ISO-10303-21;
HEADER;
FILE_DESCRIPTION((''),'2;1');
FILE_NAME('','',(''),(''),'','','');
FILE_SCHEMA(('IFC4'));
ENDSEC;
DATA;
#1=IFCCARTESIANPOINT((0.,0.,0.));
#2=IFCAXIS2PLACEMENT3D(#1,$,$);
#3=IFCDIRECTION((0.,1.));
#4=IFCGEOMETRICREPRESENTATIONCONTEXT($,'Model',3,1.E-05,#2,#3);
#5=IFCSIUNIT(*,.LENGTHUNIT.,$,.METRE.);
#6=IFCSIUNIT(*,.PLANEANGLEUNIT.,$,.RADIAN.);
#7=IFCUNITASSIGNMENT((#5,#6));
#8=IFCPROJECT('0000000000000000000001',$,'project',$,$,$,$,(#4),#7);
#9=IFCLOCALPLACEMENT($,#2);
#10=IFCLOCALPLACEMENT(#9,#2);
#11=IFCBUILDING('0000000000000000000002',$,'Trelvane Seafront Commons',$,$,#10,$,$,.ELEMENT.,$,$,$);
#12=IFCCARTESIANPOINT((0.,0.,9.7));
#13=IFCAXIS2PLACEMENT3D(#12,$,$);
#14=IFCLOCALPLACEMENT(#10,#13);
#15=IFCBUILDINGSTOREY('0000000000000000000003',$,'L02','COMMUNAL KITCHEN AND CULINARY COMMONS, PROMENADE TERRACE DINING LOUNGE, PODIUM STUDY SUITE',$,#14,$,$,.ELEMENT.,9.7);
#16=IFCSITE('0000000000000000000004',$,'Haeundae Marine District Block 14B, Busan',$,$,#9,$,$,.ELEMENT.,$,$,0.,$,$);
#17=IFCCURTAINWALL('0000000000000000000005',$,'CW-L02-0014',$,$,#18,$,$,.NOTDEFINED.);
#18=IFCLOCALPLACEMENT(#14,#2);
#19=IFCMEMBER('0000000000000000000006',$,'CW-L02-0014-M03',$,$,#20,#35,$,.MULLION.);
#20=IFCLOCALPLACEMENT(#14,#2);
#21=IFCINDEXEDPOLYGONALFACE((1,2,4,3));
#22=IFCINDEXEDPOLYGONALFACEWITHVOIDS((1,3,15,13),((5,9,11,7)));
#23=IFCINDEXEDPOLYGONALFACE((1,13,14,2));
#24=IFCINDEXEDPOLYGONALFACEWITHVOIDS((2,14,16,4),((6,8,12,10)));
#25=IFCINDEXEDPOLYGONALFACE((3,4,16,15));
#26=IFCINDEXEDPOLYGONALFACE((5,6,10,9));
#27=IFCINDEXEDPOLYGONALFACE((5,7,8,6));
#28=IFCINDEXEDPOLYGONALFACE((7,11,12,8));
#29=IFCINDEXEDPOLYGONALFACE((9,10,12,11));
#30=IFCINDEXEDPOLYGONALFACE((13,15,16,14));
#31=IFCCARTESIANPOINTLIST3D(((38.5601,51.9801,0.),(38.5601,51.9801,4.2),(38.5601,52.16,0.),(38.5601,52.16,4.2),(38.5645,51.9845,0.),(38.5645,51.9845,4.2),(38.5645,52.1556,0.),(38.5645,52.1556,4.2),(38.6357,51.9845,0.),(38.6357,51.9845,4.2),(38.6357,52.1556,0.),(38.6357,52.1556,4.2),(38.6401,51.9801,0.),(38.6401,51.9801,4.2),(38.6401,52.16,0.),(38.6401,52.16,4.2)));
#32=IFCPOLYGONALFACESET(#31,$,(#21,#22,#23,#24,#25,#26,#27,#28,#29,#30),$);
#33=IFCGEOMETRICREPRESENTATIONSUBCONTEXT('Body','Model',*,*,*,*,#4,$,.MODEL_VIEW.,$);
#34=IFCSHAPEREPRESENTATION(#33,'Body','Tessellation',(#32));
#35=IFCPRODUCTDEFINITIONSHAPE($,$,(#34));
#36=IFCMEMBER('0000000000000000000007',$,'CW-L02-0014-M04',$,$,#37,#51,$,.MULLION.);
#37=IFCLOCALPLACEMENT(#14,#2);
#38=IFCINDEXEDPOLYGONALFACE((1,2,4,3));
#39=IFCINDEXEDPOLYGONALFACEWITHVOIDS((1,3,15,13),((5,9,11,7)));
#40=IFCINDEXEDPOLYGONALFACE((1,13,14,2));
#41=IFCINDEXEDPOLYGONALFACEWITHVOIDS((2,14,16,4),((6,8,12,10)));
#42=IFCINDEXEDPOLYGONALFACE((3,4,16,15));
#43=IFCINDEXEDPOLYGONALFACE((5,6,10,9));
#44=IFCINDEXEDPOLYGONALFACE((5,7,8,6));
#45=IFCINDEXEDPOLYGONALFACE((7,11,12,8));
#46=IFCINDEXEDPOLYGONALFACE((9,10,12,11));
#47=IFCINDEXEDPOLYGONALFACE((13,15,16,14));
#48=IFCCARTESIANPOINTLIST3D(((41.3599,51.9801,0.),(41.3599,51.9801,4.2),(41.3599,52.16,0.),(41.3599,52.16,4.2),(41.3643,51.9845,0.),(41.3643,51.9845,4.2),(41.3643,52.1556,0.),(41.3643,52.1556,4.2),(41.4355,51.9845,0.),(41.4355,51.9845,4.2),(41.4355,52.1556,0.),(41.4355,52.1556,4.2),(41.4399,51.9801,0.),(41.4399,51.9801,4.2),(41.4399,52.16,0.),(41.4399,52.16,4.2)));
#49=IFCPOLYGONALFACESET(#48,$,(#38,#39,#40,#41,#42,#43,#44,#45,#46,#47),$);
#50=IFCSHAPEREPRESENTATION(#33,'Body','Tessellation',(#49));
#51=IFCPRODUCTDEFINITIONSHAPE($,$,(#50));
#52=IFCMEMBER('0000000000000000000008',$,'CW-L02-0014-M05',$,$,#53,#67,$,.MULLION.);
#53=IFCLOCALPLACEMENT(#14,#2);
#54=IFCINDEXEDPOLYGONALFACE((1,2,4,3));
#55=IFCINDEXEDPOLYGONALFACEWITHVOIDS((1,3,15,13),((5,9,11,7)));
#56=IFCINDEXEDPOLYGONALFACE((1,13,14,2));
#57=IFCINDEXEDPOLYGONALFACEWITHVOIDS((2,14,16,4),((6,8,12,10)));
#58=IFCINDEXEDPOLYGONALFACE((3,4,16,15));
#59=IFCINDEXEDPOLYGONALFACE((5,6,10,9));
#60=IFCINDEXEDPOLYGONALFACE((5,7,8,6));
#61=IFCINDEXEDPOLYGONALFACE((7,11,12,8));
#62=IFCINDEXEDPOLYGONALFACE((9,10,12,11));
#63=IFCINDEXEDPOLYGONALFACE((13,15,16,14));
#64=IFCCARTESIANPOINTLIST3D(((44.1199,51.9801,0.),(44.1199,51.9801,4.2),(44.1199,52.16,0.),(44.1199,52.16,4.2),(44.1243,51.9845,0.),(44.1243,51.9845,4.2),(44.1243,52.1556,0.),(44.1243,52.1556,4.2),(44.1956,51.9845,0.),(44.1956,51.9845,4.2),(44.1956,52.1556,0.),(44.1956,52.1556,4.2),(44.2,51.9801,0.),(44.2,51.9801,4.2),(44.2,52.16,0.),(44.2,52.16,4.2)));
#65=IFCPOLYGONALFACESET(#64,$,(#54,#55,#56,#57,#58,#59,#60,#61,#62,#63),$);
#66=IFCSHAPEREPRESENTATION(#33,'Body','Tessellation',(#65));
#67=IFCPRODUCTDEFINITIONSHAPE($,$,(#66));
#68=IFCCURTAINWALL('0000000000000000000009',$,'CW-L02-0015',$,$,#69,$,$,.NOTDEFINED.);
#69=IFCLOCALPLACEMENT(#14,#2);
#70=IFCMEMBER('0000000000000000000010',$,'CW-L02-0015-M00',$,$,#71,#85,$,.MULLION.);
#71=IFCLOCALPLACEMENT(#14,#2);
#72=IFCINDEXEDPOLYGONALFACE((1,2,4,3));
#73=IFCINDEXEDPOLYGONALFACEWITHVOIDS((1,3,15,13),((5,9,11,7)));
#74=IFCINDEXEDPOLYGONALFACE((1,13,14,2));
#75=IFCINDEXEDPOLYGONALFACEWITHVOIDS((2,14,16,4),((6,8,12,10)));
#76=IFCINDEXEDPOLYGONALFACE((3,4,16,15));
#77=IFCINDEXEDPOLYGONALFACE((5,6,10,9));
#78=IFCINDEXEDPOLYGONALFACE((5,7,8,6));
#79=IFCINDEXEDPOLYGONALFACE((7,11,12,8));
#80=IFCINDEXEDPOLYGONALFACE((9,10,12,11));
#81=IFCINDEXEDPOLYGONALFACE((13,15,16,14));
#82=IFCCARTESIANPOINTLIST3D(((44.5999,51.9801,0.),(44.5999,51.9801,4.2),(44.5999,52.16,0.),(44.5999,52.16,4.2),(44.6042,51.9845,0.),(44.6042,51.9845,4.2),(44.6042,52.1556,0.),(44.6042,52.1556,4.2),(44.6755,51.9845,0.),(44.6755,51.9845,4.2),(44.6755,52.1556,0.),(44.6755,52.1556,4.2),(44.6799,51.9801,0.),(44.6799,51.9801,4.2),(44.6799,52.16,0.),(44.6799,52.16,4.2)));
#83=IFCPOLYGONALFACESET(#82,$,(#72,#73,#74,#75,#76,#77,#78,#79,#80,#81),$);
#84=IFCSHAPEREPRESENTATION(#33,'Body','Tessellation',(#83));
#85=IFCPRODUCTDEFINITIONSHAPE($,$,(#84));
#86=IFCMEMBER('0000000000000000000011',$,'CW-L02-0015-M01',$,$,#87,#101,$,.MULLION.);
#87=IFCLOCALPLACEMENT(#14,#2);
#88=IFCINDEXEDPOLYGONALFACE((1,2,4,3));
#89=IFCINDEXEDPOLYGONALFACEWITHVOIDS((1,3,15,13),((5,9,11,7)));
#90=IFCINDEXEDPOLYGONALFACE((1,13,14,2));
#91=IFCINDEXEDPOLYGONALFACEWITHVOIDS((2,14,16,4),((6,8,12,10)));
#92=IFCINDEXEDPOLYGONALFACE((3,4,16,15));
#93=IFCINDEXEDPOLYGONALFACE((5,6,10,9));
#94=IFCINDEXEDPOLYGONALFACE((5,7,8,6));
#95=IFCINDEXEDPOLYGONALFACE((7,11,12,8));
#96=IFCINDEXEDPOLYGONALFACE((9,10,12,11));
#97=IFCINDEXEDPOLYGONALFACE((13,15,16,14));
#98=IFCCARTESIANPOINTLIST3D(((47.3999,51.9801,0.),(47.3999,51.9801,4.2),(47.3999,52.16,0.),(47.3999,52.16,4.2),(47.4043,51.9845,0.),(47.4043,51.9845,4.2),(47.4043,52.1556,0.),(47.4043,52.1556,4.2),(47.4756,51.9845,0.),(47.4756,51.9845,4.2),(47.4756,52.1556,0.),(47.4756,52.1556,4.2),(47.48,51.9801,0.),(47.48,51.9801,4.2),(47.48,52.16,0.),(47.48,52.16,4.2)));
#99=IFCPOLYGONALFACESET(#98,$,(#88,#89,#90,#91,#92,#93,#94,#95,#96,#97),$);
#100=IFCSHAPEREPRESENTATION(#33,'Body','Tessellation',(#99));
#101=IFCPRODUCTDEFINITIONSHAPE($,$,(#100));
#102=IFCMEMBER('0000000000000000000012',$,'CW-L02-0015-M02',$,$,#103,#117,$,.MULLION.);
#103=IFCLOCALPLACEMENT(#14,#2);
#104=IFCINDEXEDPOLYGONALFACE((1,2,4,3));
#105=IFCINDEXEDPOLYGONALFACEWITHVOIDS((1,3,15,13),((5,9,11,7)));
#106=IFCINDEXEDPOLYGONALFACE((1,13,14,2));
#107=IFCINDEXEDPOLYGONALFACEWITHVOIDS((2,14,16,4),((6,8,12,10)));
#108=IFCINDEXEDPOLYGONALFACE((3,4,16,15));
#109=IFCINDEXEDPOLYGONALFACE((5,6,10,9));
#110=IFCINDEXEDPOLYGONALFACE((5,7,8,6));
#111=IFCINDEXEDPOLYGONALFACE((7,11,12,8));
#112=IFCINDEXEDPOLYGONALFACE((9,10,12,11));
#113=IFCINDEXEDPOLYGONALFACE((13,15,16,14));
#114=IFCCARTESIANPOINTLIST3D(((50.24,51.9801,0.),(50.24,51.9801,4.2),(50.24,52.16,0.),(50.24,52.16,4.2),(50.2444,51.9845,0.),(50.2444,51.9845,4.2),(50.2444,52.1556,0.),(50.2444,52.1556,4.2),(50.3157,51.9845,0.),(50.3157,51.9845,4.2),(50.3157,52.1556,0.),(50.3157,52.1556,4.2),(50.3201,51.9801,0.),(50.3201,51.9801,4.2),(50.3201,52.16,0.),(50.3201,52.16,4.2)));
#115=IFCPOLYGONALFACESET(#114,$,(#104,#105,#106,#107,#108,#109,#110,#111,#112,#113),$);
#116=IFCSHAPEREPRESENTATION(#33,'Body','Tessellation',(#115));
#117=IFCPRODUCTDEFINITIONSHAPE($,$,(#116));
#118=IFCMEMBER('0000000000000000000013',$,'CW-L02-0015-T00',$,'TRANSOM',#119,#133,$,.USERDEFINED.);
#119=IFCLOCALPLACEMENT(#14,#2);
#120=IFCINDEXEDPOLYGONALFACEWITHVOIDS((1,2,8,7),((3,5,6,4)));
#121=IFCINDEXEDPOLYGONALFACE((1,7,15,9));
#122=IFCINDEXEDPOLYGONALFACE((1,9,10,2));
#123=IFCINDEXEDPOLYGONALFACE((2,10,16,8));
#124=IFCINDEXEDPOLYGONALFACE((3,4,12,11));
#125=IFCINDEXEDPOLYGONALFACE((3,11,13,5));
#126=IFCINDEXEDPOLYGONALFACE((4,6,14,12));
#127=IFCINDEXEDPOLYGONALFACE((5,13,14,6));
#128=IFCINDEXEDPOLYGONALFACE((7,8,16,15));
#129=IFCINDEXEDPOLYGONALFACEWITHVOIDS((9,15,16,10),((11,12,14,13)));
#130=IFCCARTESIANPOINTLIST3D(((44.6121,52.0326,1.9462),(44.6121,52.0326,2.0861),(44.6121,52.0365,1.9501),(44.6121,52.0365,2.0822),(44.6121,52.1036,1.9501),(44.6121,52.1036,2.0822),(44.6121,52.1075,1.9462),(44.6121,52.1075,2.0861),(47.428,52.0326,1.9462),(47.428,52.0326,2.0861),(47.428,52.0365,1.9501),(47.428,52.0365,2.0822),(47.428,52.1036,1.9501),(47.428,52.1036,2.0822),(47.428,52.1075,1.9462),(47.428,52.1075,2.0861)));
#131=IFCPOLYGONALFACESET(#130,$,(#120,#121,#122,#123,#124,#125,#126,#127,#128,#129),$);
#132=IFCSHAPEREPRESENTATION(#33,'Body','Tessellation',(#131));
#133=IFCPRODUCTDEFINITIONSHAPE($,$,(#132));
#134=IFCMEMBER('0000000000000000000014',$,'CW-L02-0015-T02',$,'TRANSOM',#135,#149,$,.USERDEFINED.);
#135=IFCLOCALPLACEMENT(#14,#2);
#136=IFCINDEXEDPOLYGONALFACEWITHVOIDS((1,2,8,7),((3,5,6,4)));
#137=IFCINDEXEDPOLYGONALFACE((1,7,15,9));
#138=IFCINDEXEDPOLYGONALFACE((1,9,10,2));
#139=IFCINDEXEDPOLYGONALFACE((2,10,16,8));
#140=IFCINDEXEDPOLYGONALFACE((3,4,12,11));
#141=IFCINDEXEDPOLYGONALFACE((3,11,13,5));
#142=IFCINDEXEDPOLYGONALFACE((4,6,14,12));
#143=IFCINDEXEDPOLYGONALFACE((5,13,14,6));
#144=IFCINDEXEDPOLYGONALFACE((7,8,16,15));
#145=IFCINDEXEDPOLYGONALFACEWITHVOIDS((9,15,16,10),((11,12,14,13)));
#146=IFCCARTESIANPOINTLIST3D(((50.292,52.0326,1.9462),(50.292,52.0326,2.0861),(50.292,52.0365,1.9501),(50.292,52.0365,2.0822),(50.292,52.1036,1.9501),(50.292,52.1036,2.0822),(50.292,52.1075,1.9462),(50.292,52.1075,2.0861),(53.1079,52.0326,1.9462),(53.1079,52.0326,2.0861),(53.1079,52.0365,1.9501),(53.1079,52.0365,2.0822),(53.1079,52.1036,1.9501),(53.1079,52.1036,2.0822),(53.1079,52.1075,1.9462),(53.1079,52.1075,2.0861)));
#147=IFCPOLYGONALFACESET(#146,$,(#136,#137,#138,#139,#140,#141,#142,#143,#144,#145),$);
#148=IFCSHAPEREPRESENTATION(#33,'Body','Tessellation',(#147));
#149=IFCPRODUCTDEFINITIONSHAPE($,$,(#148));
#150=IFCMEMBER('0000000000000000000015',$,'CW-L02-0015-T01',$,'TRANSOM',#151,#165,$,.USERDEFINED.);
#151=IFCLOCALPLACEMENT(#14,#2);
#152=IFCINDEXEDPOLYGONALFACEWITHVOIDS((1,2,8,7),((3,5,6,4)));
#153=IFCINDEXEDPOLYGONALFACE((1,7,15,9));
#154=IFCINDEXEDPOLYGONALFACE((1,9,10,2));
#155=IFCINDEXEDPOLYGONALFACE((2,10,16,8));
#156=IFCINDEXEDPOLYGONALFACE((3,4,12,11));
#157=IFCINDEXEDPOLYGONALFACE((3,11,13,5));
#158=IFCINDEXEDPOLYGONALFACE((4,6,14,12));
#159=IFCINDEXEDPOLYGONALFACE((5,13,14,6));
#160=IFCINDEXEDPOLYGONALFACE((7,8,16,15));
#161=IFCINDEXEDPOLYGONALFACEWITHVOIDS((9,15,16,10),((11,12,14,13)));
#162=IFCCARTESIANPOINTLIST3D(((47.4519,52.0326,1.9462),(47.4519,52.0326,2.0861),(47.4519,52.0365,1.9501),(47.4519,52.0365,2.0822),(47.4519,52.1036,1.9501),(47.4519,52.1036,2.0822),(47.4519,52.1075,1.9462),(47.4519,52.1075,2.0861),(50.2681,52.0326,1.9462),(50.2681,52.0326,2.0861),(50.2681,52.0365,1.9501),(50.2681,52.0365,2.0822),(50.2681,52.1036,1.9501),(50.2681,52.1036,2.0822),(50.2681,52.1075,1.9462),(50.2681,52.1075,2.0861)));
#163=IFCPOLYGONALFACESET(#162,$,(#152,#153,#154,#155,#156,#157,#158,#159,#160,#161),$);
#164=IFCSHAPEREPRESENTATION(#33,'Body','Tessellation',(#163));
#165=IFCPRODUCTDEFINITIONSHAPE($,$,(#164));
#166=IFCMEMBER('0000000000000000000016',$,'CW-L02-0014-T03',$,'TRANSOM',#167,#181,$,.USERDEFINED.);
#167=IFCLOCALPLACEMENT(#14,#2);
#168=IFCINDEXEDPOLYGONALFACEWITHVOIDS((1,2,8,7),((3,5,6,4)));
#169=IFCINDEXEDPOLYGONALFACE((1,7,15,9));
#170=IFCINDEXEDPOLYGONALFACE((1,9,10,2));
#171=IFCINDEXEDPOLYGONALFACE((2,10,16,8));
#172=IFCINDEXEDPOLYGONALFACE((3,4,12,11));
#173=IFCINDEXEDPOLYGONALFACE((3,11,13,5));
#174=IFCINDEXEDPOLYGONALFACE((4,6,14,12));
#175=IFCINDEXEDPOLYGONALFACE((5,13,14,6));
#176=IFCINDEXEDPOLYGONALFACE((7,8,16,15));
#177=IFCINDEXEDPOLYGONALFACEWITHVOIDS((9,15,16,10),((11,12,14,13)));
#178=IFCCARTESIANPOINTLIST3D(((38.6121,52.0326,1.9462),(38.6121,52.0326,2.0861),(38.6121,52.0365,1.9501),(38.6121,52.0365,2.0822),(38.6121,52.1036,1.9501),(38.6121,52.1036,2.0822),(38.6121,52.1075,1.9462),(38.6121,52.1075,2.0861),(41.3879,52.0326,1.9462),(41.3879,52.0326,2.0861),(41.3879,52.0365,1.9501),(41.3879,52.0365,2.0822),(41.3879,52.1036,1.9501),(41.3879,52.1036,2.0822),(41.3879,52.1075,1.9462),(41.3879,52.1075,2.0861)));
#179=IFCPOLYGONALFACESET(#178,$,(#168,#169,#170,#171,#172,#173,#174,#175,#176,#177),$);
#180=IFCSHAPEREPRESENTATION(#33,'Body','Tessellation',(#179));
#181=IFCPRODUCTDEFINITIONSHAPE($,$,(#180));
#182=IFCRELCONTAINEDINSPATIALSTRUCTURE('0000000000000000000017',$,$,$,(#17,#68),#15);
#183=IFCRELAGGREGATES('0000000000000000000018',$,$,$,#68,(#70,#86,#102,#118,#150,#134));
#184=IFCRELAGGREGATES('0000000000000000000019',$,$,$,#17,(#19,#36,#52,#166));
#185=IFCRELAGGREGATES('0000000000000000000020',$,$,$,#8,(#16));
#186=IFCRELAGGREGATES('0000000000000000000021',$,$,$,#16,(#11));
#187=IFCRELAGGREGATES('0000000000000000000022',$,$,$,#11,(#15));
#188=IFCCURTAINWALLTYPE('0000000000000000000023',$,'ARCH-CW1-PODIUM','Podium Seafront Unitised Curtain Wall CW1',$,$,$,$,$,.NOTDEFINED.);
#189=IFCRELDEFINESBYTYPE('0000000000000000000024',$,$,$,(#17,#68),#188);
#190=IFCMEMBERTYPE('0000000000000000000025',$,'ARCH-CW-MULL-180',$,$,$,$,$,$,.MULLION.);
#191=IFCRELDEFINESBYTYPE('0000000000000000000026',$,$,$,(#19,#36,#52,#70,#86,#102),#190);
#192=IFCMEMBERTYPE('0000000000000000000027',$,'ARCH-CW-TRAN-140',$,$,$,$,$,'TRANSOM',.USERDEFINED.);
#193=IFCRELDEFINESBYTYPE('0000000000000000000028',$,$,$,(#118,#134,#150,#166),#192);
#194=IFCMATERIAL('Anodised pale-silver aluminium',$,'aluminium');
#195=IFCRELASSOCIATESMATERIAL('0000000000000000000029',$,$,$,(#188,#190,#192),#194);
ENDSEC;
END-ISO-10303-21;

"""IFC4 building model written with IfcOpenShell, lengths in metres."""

from ifc_helpers import new_model, si_unit, direction, frame, origin, origin_2d, place, context, subcontext, project, spatial, hollow_rectangle, extrude, source, transform, mapped, material, material_profile, profile_set, type_object, element, aggregate, save


model = new_model("IFC4")

# Units and contexts
model_context = context("Model", 3, precision=1e-05, world=origin(), true_north=direction((0.0, 1.0)))
body_context = subcontext(model_context, "Body", "Model", "MODEL_VIEW")
ifc_project = project(units=[si_unit("LENGTHUNIT", "METRE"), si_unit("PLANEANGLEUNIT", "RADIAN")], contexts=[model_context])

# Site, building, storey
site_placement = place(None, origin())
site = spatial("IfcSite", under=ifc_project, at=site_placement, Name="Haeundae Marine District Block 14B, Busan", CompositionType="ELEMENT", RefElevation=0.0)
building_placement = place(site_placement, origin())
building = spatial("IfcBuilding", under=site, at=building_placement, Name="Trelvane Seafront Commons", CompositionType="ELEMENT")
storey_placement = place(building_placement, frame((0.0, 0.0, 9.7)))
storey = spatial("IfcBuildingStorey", under=building, at=storey_placement, Name="L02", Description="COMMUNAL KITCHEN AND CULINARY COMMONS, PROMENADE TERRACE DINING LOUNGE, PODIUM STUDY SUITE", CompositionType="ELEMENT", Elevation=9.7)

# Curtain walls, members
ifc_material_1 = material(Name="Anodised pale-silver aluminium", Category="aluminium")
curtain_wall_type = type_object("IfcCurtainWallType", Name="ARCH-CW1-PODIUM", Description="Podium Seafront Unitised Curtain Wall CW1", PredefinedType="NOTDEFINED", material=ifc_material_1)
curtain_wall_1_placement = place(storey_placement, origin())
curtain_wall_1 = element("IfcCurtainWall", 1, at=curtain_wall_1_placement, inside=storey, type_object=curtain_wall_type, Name="CW-L02-0014", PredefinedType="NOTDEFINED")
ifc_material_profile_1 = material_profile(ifc_material_1, hollow_rectangle(XDim=0.0801, YDim=0.1799, WallThickness=0.0044, at=origin_2d()), Name="MULL-80x180x4.5")
ifc_profile_set_1 = profile_set([ifc_material_profile_1], Name="Anodised pale-silver aluminium")
member_type_1 = type_object("IfcMemberType", Name="ARCH-CW-MULL-180", PredefinedType="MULLION", material=ifc_profile_set_1)
shared_shape_1 = source(origin(), body_context, "Body", "SweptSolid", [
    extrude(hollow_rectangle(XDim=0.0801, YDim=0.1799, WallThickness=0.0044, at=origin_2d()), origin(), (0.0, 0.0, 1.0), 4.2),
])
member_1_placement = place(storey_placement, frame((38.6001, 52.0701, 0.0), z_axis=(0.0, 0.0, 1.0), x_axis=(1.0, 0.0, 0.0)))
member_1 = element("IfcMember", 2, at=member_1_placement, type_object=member_type_1, Name="CW-L02-0014-M03", PredefinedType="MULLION", context=body_context, shape_type="MappedRepresentation", body=[
    mapped(shared_shape_1, transform((0.0, 0.0, 0.0), x_axis=(1.0, 0.0, 0.0), y_axis=(0.0, 1.0, 0.0), z_axis=(0.0, 0.0, 1.0), scale=1.0)),
])
member_2_placement = place(storey_placement, frame((41.3999, 52.0701, 0.0), z_axis=(0.0, 0.0, 1.0), x_axis=(1.0, 0.0, 0.0)))
member_2 = element("IfcMember", 3, at=member_2_placement, type_object=member_type_1, Name="CW-L02-0014-M04", PredefinedType="MULLION", context=body_context, shape_type="MappedRepresentation", body=[
    mapped(shared_shape_1, transform((0.0, 0.0, 0.0), x_axis=(1.0, 0.0, 0.0), y_axis=(0.0, 1.0, 0.0), z_axis=(0.0, 0.0, 1.0), scale=1.0)),
])
member_3_placement = place(storey_placement, frame((44.1599, 52.0701, 0.0), z_axis=(0.0, 0.0, 1.0), x_axis=(1.0, 0.0, 0.0)))
member_3 = element("IfcMember", 4, at=member_3_placement, type_object=member_type_1, Name="CW-L02-0014-M05", PredefinedType="MULLION", context=body_context, shape_type="MappedRepresentation", body=[
    mapped(shared_shape_1, transform((0.0, 0.0, 0.0), x_axis=(1.0, 0.0, 0.0), y_axis=(0.0, 1.0, 0.0), z_axis=(0.0, 0.0, 1.0), scale=1.0)),
])
curtain_wall_2_placement = place(storey_placement, origin())
curtain_wall_2 = element("IfcCurtainWall", 5, at=curtain_wall_2_placement, inside=storey, type_object=curtain_wall_type, Name="CW-L02-0015", PredefinedType="NOTDEFINED")
member_4_placement = place(storey_placement, frame((44.6399, 52.0701, 0.0), z_axis=(0.0, 0.0, 1.0), x_axis=(1.0, 0.0, 0.0)))
member_4 = element("IfcMember", 6, at=member_4_placement, type_object=member_type_1, Name="CW-L02-0015-M00", PredefinedType="MULLION", context=body_context, shape_type="MappedRepresentation", body=[
    mapped(shared_shape_1, transform((0.0, 0.0, 0.0), x_axis=(1.0, 0.0, 0.0), y_axis=(0.0, 1.0, 0.0), z_axis=(0.0, 0.0, 1.0), scale=1.0)),
])
member_5_placement = place(storey_placement, frame((47.4399, 52.0701, 0.0), z_axis=(0.0, 0.0, 1.0), x_axis=(1.0, 0.0, 0.0)))
member_5 = element("IfcMember", 7, at=member_5_placement, type_object=member_type_1, Name="CW-L02-0015-M01", PredefinedType="MULLION", context=body_context, shape_type="MappedRepresentation", body=[
    mapped(shared_shape_1, transform((0.0, 0.0, 0.0), x_axis=(1.0, 0.0, 0.0), y_axis=(0.0, 1.0, 0.0), z_axis=(0.0, 0.0, 1.0), scale=1.0)),
])
member_6_placement = place(storey_placement, frame((50.28, 52.0701, 0.0), z_axis=(0.0, 0.0, 1.0), x_axis=(1.0, 0.0, 0.0)))
member_6 = element("IfcMember", 8, at=member_6_placement, type_object=member_type_1, Name="CW-L02-0015-M02", PredefinedType="MULLION", context=body_context, shape_type="MappedRepresentation", body=[
    mapped(shared_shape_1, transform((0.0, 0.0, 0.0), x_axis=(1.0, 0.0, 0.0), y_axis=(0.0, 1.0, 0.0), z_axis=(0.0, 0.0, 1.0), scale=1.0)),
])
ifc_material_profile_2 = material_profile(ifc_material_1, hollow_rectangle(XDim=0.075, YDim=0.1399, WallThickness=0.0039, at=origin_2d()), Name="TRAN-75x140x4")
ifc_profile_set_2 = profile_set([ifc_material_profile_2], Name="Anodised pale-silver aluminium")
member_type_2 = type_object("IfcMemberType", Name="ARCH-CW-TRAN-140", ElementType="TRANSOM", PredefinedType="USERDEFINED", material=ifc_profile_set_2)
shared_shape_2 = source(origin(), body_context, "Body", "SweptSolid", [
    extrude(hollow_rectangle(XDim=0.075, YDim=0.1399, WallThickness=0.0039, at=origin_2d()), origin(), (0.0, 0.0, 1.0), 2.8159),
])
member_7_placement = place(storey_placement, frame((44.6121, 52.0701, 2.0161), z_axis=(1.0, 0.0, 0.0), x_axis=(0.0, 1.0, 0.0)))
member_7 = element("IfcMember", 9, at=member_7_placement, type_object=member_type_2, Name="CW-L02-0015-T00", ObjectType="TRANSOM", PredefinedType="USERDEFINED", context=body_context, shape_type="MappedRepresentation", body=[
    mapped(shared_shape_2, transform((0.0, 0.0, 0.0), x_axis=(1.0, 0.0, 0.0), y_axis=(0.0, 1.0, 0.0), z_axis=(0.0, 0.0, 1.0), scale=1.0)),
])
member_8_placement = place(storey_placement, frame((50.292, 52.0701, 2.0161), z_axis=(1.0, 0.0, 0.0), x_axis=(0.0, 1.0, 0.0)))
member_8 = element("IfcMember", 10, at=member_8_placement, type_object=member_type_2, Name="CW-L02-0015-T02", ObjectType="TRANSOM", PredefinedType="USERDEFINED", context=body_context, shape_type="MappedRepresentation", body=[
    mapped(shared_shape_2, transform((0.0, 0.0, 0.0), x_axis=(1.0, 0.0, 0.0), y_axis=(0.0, 1.0, 0.0), z_axis=(0.0, 0.0, 1.0), scale=1.0)),
])
shared_shape_3 = source(origin(), body_context, "Body", "SweptSolid", [
    extrude(hollow_rectangle(XDim=0.075, YDim=0.1399, WallThickness=0.0039, at=origin_2d()), origin(), (0.0, 0.0, 1.0), 2.8162),
])
member_9_placement = place(storey_placement, frame((47.4519, 52.0701, 2.0161), z_axis=(1.0, 0.0, 0.0), x_axis=(0.0, 1.0, 0.0)))
member_9 = element("IfcMember", 11, at=member_9_placement, type_object=member_type_2, Name="CW-L02-0015-T01", ObjectType="TRANSOM", PredefinedType="USERDEFINED", context=body_context, shape_type="MappedRepresentation", body=[
    mapped(shared_shape_3, transform((0.0, 0.0, 0.0), x_axis=(1.0, 0.0, 0.0), y_axis=(0.0, 1.0, 0.0), z_axis=(0.0, 0.0, 1.0), scale=1.0)),
])

# Member
shared_shape_4 = source(origin(), body_context, "Body", "SweptSolid", [
    extrude(hollow_rectangle(XDim=0.075, YDim=0.1399, WallThickness=0.0039, at=origin_2d()), origin(), (0.0, 0.0, 1.0), 2.7759),
])
member_10_placement = place(storey_placement, frame((38.6121, 52.0701, 2.0161), z_axis=(1.0, 0.0, 0.0), x_axis=(0.0, 1.0, 0.0)))
member_10 = element("IfcMember", 12, at=member_10_placement, type_object=member_type_2, Name="CW-L02-0014-T03", ObjectType="TRANSOM", PredefinedType="USERDEFINED", context=body_context, shape_type="MappedRepresentation", body=[
    mapped(shared_shape_4, transform((0.0, 0.0, 0.0), x_axis=(1.0, 0.0, 0.0), y_axis=(0.0, 1.0, 0.0), z_axis=(0.0, 0.0, 1.0), scale=1.0)),
])

aggregate(curtain_wall_2, [member_4, member_5, member_6, member_7, member_9, member_8])
aggregate(curtain_wall_1, [member_1, member_2, member_3, member_10])

save(model, "model.ifc")
